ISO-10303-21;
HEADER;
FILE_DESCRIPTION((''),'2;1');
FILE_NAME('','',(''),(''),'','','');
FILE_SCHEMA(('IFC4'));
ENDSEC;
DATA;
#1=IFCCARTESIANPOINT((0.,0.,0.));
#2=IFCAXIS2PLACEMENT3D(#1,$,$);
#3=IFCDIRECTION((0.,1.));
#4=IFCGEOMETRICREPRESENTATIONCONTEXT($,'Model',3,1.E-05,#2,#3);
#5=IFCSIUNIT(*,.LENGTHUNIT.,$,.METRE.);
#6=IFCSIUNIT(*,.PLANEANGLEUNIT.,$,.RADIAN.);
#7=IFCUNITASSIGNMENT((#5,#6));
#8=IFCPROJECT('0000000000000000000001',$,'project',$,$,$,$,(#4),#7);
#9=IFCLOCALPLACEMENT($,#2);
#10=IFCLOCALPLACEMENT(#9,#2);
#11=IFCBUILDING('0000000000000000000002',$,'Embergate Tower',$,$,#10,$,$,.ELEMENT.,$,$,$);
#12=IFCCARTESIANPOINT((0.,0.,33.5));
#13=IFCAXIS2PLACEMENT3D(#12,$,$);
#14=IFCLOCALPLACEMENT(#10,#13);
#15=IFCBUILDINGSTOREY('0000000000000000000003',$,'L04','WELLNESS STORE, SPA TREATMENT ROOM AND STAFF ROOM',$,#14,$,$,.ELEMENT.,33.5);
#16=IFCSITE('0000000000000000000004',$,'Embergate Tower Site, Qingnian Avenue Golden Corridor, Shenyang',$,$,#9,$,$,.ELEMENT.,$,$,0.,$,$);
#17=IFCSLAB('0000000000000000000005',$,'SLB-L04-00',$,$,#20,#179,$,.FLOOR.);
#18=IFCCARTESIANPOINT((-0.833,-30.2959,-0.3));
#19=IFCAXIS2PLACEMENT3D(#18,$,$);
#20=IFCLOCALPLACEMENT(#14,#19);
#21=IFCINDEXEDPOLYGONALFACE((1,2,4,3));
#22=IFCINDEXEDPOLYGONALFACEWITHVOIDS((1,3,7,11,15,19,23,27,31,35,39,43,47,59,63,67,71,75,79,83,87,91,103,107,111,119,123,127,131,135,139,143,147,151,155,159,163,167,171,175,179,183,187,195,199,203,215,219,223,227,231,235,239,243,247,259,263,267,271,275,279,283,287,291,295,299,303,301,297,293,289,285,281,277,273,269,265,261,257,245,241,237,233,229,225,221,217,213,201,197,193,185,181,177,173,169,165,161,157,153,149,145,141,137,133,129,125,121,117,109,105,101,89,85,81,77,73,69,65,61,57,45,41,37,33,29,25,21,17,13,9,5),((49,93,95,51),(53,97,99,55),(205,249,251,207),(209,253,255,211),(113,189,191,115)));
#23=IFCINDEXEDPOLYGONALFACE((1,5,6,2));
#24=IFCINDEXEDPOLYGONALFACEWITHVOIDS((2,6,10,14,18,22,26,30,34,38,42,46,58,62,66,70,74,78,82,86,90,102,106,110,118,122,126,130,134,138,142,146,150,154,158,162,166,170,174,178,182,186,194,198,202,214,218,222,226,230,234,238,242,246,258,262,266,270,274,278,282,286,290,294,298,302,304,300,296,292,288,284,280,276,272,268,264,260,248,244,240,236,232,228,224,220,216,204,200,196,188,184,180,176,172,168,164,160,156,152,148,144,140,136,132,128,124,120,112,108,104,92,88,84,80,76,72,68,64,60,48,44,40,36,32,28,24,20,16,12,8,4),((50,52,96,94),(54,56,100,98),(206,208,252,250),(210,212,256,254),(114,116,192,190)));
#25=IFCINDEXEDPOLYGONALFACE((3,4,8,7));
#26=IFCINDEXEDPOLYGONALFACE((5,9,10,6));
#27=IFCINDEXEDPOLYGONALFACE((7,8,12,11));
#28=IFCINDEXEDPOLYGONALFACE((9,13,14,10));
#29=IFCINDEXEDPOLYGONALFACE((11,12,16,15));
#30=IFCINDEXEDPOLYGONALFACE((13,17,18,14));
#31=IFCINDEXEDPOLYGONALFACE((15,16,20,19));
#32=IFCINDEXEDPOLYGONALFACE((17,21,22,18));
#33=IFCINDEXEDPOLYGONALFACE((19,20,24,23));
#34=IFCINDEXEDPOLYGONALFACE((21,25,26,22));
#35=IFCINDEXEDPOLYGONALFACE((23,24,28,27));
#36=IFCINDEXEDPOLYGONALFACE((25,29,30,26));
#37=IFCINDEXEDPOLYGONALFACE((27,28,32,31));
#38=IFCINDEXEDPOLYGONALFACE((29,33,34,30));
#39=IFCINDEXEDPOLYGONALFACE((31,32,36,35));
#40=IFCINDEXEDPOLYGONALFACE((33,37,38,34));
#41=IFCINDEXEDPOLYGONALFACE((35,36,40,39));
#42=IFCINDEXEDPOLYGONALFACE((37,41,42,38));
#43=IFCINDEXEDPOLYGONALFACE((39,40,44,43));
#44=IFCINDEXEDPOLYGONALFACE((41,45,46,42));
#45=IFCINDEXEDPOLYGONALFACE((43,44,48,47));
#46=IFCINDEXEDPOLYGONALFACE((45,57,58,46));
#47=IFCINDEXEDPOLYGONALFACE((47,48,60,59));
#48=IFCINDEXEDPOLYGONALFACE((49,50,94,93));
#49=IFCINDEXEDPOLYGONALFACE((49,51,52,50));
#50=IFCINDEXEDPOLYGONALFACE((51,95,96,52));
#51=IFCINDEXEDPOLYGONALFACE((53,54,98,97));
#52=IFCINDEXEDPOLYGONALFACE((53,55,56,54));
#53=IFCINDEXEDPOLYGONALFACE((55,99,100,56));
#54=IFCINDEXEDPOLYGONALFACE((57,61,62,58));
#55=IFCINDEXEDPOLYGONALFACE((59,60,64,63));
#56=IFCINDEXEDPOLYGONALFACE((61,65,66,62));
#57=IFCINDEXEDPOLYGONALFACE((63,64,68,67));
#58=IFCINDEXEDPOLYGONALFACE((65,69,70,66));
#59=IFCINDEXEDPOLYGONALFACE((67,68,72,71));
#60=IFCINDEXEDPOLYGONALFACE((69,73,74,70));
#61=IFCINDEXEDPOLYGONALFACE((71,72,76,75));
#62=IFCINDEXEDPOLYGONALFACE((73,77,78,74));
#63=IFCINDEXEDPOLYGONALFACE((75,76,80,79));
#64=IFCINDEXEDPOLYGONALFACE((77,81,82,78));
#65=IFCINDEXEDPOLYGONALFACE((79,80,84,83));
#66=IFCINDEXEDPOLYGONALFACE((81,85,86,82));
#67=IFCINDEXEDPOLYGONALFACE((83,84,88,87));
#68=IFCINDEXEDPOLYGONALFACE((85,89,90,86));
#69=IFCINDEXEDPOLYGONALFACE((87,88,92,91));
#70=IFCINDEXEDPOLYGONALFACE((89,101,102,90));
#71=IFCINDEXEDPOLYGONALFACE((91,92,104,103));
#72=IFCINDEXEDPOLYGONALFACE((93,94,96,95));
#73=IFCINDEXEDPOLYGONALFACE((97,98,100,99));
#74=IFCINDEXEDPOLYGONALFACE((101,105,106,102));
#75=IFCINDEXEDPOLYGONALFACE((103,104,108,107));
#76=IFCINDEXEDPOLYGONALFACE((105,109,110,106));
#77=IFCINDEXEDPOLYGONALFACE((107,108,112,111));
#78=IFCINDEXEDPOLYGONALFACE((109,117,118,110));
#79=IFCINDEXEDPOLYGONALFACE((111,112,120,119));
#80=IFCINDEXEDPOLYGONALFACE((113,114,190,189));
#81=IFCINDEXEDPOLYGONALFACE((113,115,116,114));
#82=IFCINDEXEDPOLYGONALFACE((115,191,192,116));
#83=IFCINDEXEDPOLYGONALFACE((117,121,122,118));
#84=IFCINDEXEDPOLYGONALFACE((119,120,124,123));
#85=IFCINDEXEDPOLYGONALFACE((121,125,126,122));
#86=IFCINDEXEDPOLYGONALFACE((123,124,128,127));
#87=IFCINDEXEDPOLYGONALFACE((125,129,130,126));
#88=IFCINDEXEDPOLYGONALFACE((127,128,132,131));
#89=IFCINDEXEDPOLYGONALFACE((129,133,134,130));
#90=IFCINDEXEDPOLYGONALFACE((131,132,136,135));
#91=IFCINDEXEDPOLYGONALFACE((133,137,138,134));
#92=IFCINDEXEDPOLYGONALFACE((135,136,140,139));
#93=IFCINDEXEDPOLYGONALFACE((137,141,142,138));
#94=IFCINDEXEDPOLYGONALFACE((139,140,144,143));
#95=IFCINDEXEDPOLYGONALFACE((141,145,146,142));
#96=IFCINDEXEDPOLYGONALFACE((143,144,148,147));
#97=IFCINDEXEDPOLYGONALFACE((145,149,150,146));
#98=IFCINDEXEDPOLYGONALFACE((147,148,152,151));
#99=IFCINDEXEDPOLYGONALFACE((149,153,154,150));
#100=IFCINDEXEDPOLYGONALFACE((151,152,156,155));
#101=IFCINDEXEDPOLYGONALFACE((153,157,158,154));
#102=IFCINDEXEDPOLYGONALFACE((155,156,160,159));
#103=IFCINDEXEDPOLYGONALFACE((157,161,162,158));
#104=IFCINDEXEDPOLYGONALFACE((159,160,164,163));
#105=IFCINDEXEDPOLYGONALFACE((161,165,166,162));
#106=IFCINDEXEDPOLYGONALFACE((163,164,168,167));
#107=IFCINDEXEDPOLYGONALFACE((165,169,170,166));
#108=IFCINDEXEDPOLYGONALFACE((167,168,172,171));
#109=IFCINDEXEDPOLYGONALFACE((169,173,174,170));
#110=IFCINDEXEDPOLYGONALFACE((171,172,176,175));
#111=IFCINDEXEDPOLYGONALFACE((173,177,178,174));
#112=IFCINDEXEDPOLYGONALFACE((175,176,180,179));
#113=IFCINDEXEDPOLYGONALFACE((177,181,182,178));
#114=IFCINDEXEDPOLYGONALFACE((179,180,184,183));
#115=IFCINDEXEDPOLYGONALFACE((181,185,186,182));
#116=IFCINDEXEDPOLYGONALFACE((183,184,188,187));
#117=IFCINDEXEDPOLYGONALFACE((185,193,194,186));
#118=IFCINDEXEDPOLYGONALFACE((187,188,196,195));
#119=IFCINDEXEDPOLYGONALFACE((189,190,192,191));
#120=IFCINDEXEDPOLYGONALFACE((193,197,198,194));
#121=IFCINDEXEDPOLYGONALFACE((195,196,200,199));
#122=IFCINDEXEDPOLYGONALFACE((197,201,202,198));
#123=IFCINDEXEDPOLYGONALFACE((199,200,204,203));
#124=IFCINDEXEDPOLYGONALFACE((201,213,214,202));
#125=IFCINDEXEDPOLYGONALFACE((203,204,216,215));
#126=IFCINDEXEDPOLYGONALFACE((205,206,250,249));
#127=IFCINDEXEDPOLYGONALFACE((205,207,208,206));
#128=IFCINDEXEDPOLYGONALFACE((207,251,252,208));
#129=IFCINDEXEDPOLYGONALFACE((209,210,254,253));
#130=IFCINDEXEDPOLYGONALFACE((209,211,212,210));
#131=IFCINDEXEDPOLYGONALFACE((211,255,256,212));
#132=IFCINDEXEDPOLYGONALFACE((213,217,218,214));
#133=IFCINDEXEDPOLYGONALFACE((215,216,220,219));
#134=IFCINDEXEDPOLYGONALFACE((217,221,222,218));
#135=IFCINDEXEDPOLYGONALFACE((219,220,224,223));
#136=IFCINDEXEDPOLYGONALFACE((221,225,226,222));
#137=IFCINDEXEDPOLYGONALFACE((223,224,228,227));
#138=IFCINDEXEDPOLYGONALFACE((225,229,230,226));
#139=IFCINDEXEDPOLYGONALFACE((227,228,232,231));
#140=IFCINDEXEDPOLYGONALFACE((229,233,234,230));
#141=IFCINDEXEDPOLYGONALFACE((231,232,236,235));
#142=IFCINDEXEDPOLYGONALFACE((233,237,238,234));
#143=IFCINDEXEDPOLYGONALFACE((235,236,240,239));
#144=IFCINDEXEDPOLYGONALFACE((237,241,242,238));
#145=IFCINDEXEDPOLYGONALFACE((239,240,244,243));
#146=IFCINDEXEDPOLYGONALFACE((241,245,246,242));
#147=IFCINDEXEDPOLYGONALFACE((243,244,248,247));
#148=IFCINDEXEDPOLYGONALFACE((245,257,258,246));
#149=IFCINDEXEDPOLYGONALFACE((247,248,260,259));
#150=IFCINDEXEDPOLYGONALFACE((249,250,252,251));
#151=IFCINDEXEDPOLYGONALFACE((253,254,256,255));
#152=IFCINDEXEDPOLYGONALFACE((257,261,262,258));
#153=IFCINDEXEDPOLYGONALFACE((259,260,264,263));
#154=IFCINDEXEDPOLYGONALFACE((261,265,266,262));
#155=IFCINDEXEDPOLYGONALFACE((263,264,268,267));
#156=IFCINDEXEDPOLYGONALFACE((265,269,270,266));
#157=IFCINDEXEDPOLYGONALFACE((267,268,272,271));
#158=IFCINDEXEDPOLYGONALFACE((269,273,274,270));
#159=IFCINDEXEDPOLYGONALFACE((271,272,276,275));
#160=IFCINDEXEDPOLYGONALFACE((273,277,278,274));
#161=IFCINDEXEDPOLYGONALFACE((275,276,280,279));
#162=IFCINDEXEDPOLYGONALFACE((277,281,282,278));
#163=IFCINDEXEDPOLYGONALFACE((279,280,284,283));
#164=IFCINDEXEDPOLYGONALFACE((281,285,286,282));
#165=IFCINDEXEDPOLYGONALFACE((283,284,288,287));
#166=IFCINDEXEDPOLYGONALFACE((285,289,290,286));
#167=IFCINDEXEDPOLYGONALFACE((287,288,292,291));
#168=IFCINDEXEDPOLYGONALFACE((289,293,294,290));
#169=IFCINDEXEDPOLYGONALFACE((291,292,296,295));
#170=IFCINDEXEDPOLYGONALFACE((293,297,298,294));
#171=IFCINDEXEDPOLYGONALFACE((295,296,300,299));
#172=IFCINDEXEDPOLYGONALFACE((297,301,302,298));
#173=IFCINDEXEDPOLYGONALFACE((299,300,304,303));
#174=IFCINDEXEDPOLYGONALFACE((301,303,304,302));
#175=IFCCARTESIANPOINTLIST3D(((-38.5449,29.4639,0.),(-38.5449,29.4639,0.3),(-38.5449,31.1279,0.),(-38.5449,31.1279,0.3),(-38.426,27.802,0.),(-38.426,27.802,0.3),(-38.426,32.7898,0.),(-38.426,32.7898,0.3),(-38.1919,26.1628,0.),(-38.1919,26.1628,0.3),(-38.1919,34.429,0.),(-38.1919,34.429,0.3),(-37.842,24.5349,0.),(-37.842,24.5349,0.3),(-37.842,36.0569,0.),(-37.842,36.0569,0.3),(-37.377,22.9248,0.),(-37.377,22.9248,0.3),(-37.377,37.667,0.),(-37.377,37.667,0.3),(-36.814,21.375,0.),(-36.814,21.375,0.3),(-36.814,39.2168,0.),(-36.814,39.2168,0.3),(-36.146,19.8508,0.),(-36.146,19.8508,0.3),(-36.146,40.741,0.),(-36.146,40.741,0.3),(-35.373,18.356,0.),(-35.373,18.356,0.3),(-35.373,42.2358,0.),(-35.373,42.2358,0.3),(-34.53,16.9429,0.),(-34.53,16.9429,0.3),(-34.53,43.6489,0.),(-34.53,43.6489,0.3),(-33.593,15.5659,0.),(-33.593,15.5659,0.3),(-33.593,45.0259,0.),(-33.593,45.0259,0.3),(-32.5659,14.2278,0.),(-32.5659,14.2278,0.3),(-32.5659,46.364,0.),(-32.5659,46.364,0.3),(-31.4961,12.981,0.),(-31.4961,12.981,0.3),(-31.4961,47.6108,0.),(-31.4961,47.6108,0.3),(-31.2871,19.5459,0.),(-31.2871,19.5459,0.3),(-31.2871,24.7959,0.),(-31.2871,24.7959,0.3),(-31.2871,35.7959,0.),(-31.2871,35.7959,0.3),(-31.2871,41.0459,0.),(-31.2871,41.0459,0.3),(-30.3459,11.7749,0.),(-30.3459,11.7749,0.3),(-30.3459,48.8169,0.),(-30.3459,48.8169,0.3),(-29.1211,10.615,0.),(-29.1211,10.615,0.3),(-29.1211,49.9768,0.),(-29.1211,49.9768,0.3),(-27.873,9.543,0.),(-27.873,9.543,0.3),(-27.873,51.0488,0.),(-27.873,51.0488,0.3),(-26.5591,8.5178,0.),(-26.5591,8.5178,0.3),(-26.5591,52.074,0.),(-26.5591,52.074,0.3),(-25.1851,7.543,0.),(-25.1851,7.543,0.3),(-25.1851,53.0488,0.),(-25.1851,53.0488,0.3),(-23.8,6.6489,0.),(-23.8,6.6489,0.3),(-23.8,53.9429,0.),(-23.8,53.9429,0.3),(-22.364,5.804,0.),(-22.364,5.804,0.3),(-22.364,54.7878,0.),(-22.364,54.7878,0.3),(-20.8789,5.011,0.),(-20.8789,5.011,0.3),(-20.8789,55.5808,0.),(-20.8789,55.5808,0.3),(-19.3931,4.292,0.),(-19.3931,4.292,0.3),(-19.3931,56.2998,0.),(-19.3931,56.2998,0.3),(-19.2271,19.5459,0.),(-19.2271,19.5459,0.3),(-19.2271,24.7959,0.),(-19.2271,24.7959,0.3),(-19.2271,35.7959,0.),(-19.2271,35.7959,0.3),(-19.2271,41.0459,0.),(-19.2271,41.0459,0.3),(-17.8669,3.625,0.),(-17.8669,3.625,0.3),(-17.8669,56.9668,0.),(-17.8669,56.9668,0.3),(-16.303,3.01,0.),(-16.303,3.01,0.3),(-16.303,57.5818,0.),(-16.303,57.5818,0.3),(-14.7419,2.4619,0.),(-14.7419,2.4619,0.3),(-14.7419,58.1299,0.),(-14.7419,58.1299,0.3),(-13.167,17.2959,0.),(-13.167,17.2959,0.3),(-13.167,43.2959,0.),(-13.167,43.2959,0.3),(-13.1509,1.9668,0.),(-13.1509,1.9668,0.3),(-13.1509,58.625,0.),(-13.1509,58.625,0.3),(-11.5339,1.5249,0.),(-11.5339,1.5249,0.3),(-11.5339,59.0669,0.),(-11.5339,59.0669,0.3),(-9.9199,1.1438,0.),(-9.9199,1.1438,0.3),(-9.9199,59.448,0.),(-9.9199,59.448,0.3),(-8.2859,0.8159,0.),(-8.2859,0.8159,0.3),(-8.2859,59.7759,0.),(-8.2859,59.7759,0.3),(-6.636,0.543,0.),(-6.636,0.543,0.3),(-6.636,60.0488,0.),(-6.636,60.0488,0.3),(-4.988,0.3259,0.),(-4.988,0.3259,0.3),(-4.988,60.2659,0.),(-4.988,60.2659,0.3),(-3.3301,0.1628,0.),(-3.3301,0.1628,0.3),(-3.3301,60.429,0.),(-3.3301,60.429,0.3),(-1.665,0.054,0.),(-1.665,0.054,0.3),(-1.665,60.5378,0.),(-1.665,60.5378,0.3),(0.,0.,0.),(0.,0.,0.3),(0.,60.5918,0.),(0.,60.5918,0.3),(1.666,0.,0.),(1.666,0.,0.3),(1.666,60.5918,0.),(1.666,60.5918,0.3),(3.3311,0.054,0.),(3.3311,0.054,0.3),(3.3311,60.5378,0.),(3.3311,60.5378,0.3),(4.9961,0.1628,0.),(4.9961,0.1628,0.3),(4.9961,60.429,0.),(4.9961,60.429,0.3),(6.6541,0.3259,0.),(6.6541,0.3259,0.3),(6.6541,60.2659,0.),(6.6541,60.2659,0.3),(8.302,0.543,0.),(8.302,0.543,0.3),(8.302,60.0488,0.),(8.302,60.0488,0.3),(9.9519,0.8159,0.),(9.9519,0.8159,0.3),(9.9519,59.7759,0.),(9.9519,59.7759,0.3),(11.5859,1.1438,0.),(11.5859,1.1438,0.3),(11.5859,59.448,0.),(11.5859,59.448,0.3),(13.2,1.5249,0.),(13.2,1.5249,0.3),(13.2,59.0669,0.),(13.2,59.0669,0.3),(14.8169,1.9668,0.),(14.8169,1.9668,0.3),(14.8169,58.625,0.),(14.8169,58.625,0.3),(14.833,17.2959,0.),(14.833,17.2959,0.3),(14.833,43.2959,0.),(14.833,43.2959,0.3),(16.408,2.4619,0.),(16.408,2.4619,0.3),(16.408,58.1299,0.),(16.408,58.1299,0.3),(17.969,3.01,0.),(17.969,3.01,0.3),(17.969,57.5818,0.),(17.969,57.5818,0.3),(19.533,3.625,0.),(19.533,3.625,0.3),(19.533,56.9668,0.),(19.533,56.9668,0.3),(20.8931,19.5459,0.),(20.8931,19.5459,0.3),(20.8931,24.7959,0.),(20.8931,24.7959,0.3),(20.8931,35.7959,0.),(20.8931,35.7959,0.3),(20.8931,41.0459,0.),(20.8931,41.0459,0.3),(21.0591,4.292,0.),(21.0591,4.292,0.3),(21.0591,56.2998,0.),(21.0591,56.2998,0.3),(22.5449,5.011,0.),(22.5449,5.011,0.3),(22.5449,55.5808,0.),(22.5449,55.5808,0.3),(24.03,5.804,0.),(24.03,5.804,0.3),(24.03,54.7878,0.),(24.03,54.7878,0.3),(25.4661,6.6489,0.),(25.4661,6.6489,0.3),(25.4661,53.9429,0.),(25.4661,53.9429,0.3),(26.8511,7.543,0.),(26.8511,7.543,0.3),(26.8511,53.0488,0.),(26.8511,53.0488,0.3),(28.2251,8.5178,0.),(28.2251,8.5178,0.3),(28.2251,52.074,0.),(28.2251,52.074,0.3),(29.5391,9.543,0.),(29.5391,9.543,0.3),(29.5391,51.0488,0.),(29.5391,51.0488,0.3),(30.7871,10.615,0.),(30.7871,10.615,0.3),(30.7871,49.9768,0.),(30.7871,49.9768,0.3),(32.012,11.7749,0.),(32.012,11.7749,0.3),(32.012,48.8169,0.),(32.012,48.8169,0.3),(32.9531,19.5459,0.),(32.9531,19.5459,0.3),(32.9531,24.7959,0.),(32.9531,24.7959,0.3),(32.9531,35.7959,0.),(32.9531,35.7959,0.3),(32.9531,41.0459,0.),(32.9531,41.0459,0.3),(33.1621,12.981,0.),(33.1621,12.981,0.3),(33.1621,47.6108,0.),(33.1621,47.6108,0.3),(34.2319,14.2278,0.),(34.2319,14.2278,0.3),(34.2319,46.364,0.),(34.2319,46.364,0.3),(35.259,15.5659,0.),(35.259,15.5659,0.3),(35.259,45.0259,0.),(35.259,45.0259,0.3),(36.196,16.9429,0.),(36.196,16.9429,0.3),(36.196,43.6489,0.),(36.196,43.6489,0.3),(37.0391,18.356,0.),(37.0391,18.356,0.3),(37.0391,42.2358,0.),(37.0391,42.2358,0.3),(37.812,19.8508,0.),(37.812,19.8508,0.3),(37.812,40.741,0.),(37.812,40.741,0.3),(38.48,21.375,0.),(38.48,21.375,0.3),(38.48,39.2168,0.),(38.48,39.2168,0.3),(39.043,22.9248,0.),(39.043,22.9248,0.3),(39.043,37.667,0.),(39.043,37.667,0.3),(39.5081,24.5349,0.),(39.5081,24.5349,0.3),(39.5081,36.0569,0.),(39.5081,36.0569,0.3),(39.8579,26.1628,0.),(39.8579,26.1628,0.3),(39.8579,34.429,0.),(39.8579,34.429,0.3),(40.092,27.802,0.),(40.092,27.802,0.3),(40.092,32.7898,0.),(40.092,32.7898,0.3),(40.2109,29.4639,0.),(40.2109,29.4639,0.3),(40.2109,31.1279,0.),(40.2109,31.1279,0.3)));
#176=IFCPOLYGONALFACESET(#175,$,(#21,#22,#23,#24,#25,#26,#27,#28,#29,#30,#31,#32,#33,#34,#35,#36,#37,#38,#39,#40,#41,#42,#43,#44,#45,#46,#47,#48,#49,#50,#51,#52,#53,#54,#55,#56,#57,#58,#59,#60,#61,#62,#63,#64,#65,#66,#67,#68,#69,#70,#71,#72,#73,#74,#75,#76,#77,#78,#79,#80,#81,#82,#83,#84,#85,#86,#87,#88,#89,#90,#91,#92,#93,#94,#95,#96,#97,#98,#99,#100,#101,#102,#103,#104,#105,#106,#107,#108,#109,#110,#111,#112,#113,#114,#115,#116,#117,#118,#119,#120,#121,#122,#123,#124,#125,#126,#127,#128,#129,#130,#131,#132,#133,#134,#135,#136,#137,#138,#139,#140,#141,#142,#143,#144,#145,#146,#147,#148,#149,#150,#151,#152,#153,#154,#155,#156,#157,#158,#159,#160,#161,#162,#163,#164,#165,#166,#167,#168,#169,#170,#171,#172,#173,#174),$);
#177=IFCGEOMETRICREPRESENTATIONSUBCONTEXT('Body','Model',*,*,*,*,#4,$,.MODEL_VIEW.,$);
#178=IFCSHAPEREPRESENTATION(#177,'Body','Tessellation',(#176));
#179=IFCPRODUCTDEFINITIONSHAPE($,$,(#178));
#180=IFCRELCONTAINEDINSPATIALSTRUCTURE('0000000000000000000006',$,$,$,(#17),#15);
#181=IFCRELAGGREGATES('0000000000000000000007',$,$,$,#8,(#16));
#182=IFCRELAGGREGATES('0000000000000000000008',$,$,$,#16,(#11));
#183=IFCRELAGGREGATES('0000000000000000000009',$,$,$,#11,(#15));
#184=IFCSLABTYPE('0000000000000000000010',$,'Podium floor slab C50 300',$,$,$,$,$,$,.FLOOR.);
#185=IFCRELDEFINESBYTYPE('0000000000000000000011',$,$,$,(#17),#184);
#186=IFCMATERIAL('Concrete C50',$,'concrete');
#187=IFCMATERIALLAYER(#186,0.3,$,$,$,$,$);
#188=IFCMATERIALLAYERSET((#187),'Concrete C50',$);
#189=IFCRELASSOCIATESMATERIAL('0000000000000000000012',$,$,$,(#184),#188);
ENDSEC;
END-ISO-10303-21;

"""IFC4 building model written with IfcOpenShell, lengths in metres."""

from ifc_helpers import new_model, si_unit, direction, frame, origin, place, context, subcontext, project, spatial, polyline, outline, extrude, source, transform, mapped, material, layer, layer_set, type_object, element, save


model = new_model("IFC4")

# Units and contexts
model_context = context("Model", 3, precision=1e-05, world=origin(), true_north=direction((0.0, 1.0)))
body_context = subcontext(model_context, "Body", "Model", "MODEL_VIEW")
ifc_project = project(units=[si_unit("LENGTHUNIT", "METRE"), si_unit("PLANEANGLEUNIT", "RADIAN")], contexts=[model_context])

# Site, building, storey
site_placement = place(None, origin())
site = spatial("IfcSite", under=ifc_project, at=site_placement, Name="Embergate Tower Site, Qingnian Avenue Golden Corridor, Shenyang", CompositionType="ELEMENT", RefElevation=0.0)
building_placement = place(site_placement, origin())
building = spatial("IfcBuilding", under=site, at=building_placement, Name="Embergate Tower", CompositionType="ELEMENT")
storey_placement = place(building_placement, frame((0.0, 0.0, 33.5)))
storey = spatial("IfcBuildingStorey", under=building, at=storey_placement, Name="L04", Description="WELLNESS STORE, SPA TREATMENT ROOM AND STAFF ROOM", CompositionType="ELEMENT", Elevation=33.5)

# Slab
ifc_material_1 = material(Name="Concrete C50", Category="concrete")
ifc_layer_1 = layer(ifc_material_1, 0.3)
ifc_layer_set_1 = layer_set([ifc_layer_1], Name="Concrete C50")
slab_type = type_object("IfcSlabType", Name="Podium floor slab C50 300", PredefinedType="FLOOR", material=ifc_layer_set_1)
shared_shape_1 = source(origin(), body_context, "Body", "SweptSolid", [
    extrude(outline(polyline([(0.0, 0.0), (1.666, 0.0), (3.3311, 0.054), (4.9961, 0.1628), (6.6541, 0.3259), (8.302, 0.543), (9.9519, 0.8159), (11.5859, 1.1438), (13.2, 1.5249), (14.8169, 1.9668), (16.408, 2.4619), (17.969, 3.01), (19.533, 3.625), (21.0591, 4.292), (22.5449, 5.011), (24.03, 5.804), (25.4661, 6.6489), (26.8511, 7.543), (28.2251, 8.5178), (29.5391, 9.543), (30.7871, 10.615), (32.012, 11.7749), (33.1621, 12.981), (34.2319, 14.2278), (35.259, 15.5659), (36.196, 16.9429), (37.0391, 18.356), (37.812, 19.8508), (38.48, 21.375), (39.043, 22.9248), (39.5081, 24.5349), (39.8579, 26.1628), (40.092, 27.802), (40.2109, 29.4639), (40.2109, 31.1279), (40.092, 32.7898), (39.8579, 34.429), (39.5081, 36.0569), (39.043, 37.667), (38.48, 39.2168), (37.812, 40.741), (37.0391, 42.2358), (36.196, 43.6489), (35.259, 45.0259), (34.2319, 46.364), (33.1621, 47.6108), (32.012, 48.8169), (30.7871, 49.9768), (29.5391, 51.0488), (28.2251, 52.074), (26.8511, 53.0488), (25.4661, 53.9429), (24.03, 54.7878), (22.5449, 55.5808), (21.0591, 56.2998), (19.533, 56.9668), (17.969, 57.5818), (16.408, 58.1299), (14.8169, 58.625), (13.2, 59.0669), (11.5859, 59.448), (9.9519, 59.7759), (8.302, 60.0488), (6.6541, 60.2659), (4.9961, 60.429), (3.3311, 60.5378), (1.666, 60.5918), (0.0, 60.5918), (-1.665, 60.5378), (-3.3301, 60.429), (-4.988, 60.2659), (-6.636, 60.0488), (-8.2859, 59.7759), (-9.9199, 59.448), (-11.5339, 59.0669), (-13.1509, 58.625), (-14.7419, 58.1299), (-16.303, 57.5818), (-17.8669, 56.9668), (-19.3931, 56.2998), (-20.8789, 55.5808), (-22.364, 54.7878), (-23.8, 53.9429), (-25.1851, 53.0488), (-26.5591, 52.074), (-27.873, 51.0488), (-29.1211, 49.9768), (-30.3459, 48.8169), (-31.4961, 47.6108), (-32.5659, 46.364), (-33.593, 45.0259), (-34.53, 43.6489), (-35.373, 42.2358), (-36.146, 40.741), (-36.814, 39.2168), (-37.377, 37.667), (-37.842, 36.0569), (-38.1919, 34.429), (-38.426, 32.7898), (-38.5449, 31.1279), (-38.5449, 29.4639), (-38.426, 27.802), (-38.1919, 26.1628), (-37.842, 24.5349), (-37.377, 22.9248), (-36.814, 21.375), (-36.146, 19.8508), (-35.373, 18.356), (-34.53, 16.9429), (-33.593, 15.5659), (-32.5659, 14.2278), (-31.4961, 12.981), (-30.3459, 11.7749), (-29.1211, 10.615), (-27.873, 9.543), (-26.5591, 8.5178), (-25.1851, 7.543), (-23.8, 6.6489), (-22.364, 5.804), (-20.8789, 5.011), (-19.3931, 4.292), (-17.8669, 3.625), (-16.303, 3.01), (-14.7419, 2.4619), (-13.1509, 1.9668), (-11.5339, 1.5249), (-9.9199, 1.1438), (-8.2859, 0.8159), (-6.636, 0.543), (-4.988, 0.3259), (-3.3301, 0.1628), (-1.665, 0.054), (0.0, 0.0)]), holes=[polyline([(-13.167, 17.2959), (-13.167, 43.2959), (14.833, 43.2959), (14.833, 17.2959), (-13.167, 17.2959)]), polyline([(-31.2871, 19.5459), (-31.2871, 24.7959), (-19.2271, 24.7959), (-19.2271, 19.5459), (-31.2871, 19.5459)]), polyline([(20.8931, 19.5459), (20.8931, 24.7959), (32.9531, 24.7959), (32.9531, 19.5459), (20.8931, 19.5459)]), polyline([(-31.2871, 35.7959), (-31.2871, 41.0459), (-19.2271, 41.0459), (-19.2271, 35.7959), (-31.2871, 35.7959)]), polyline([(20.8931, 35.7959), (20.8931, 41.0459), (32.9531, 41.0459), (32.9531, 35.7959), (20.8931, 35.7959)])]), origin(), (0.0, 0.0, 1.0), 0.3),
])
slab_placement = place(storey_placement, frame((-0.833, -30.2959, -0.3)))
element("IfcSlab", 1, at=slab_placement, inside=storey, type_object=slab_type, Name="SLB-L04-00", PredefinedType="FLOOR", context=body_context, shape_type="MappedRepresentation", body=[
    mapped(shared_shape_1, transform((0.0, 0.0, 0.0))),
])

save(model, "model.ifc")
